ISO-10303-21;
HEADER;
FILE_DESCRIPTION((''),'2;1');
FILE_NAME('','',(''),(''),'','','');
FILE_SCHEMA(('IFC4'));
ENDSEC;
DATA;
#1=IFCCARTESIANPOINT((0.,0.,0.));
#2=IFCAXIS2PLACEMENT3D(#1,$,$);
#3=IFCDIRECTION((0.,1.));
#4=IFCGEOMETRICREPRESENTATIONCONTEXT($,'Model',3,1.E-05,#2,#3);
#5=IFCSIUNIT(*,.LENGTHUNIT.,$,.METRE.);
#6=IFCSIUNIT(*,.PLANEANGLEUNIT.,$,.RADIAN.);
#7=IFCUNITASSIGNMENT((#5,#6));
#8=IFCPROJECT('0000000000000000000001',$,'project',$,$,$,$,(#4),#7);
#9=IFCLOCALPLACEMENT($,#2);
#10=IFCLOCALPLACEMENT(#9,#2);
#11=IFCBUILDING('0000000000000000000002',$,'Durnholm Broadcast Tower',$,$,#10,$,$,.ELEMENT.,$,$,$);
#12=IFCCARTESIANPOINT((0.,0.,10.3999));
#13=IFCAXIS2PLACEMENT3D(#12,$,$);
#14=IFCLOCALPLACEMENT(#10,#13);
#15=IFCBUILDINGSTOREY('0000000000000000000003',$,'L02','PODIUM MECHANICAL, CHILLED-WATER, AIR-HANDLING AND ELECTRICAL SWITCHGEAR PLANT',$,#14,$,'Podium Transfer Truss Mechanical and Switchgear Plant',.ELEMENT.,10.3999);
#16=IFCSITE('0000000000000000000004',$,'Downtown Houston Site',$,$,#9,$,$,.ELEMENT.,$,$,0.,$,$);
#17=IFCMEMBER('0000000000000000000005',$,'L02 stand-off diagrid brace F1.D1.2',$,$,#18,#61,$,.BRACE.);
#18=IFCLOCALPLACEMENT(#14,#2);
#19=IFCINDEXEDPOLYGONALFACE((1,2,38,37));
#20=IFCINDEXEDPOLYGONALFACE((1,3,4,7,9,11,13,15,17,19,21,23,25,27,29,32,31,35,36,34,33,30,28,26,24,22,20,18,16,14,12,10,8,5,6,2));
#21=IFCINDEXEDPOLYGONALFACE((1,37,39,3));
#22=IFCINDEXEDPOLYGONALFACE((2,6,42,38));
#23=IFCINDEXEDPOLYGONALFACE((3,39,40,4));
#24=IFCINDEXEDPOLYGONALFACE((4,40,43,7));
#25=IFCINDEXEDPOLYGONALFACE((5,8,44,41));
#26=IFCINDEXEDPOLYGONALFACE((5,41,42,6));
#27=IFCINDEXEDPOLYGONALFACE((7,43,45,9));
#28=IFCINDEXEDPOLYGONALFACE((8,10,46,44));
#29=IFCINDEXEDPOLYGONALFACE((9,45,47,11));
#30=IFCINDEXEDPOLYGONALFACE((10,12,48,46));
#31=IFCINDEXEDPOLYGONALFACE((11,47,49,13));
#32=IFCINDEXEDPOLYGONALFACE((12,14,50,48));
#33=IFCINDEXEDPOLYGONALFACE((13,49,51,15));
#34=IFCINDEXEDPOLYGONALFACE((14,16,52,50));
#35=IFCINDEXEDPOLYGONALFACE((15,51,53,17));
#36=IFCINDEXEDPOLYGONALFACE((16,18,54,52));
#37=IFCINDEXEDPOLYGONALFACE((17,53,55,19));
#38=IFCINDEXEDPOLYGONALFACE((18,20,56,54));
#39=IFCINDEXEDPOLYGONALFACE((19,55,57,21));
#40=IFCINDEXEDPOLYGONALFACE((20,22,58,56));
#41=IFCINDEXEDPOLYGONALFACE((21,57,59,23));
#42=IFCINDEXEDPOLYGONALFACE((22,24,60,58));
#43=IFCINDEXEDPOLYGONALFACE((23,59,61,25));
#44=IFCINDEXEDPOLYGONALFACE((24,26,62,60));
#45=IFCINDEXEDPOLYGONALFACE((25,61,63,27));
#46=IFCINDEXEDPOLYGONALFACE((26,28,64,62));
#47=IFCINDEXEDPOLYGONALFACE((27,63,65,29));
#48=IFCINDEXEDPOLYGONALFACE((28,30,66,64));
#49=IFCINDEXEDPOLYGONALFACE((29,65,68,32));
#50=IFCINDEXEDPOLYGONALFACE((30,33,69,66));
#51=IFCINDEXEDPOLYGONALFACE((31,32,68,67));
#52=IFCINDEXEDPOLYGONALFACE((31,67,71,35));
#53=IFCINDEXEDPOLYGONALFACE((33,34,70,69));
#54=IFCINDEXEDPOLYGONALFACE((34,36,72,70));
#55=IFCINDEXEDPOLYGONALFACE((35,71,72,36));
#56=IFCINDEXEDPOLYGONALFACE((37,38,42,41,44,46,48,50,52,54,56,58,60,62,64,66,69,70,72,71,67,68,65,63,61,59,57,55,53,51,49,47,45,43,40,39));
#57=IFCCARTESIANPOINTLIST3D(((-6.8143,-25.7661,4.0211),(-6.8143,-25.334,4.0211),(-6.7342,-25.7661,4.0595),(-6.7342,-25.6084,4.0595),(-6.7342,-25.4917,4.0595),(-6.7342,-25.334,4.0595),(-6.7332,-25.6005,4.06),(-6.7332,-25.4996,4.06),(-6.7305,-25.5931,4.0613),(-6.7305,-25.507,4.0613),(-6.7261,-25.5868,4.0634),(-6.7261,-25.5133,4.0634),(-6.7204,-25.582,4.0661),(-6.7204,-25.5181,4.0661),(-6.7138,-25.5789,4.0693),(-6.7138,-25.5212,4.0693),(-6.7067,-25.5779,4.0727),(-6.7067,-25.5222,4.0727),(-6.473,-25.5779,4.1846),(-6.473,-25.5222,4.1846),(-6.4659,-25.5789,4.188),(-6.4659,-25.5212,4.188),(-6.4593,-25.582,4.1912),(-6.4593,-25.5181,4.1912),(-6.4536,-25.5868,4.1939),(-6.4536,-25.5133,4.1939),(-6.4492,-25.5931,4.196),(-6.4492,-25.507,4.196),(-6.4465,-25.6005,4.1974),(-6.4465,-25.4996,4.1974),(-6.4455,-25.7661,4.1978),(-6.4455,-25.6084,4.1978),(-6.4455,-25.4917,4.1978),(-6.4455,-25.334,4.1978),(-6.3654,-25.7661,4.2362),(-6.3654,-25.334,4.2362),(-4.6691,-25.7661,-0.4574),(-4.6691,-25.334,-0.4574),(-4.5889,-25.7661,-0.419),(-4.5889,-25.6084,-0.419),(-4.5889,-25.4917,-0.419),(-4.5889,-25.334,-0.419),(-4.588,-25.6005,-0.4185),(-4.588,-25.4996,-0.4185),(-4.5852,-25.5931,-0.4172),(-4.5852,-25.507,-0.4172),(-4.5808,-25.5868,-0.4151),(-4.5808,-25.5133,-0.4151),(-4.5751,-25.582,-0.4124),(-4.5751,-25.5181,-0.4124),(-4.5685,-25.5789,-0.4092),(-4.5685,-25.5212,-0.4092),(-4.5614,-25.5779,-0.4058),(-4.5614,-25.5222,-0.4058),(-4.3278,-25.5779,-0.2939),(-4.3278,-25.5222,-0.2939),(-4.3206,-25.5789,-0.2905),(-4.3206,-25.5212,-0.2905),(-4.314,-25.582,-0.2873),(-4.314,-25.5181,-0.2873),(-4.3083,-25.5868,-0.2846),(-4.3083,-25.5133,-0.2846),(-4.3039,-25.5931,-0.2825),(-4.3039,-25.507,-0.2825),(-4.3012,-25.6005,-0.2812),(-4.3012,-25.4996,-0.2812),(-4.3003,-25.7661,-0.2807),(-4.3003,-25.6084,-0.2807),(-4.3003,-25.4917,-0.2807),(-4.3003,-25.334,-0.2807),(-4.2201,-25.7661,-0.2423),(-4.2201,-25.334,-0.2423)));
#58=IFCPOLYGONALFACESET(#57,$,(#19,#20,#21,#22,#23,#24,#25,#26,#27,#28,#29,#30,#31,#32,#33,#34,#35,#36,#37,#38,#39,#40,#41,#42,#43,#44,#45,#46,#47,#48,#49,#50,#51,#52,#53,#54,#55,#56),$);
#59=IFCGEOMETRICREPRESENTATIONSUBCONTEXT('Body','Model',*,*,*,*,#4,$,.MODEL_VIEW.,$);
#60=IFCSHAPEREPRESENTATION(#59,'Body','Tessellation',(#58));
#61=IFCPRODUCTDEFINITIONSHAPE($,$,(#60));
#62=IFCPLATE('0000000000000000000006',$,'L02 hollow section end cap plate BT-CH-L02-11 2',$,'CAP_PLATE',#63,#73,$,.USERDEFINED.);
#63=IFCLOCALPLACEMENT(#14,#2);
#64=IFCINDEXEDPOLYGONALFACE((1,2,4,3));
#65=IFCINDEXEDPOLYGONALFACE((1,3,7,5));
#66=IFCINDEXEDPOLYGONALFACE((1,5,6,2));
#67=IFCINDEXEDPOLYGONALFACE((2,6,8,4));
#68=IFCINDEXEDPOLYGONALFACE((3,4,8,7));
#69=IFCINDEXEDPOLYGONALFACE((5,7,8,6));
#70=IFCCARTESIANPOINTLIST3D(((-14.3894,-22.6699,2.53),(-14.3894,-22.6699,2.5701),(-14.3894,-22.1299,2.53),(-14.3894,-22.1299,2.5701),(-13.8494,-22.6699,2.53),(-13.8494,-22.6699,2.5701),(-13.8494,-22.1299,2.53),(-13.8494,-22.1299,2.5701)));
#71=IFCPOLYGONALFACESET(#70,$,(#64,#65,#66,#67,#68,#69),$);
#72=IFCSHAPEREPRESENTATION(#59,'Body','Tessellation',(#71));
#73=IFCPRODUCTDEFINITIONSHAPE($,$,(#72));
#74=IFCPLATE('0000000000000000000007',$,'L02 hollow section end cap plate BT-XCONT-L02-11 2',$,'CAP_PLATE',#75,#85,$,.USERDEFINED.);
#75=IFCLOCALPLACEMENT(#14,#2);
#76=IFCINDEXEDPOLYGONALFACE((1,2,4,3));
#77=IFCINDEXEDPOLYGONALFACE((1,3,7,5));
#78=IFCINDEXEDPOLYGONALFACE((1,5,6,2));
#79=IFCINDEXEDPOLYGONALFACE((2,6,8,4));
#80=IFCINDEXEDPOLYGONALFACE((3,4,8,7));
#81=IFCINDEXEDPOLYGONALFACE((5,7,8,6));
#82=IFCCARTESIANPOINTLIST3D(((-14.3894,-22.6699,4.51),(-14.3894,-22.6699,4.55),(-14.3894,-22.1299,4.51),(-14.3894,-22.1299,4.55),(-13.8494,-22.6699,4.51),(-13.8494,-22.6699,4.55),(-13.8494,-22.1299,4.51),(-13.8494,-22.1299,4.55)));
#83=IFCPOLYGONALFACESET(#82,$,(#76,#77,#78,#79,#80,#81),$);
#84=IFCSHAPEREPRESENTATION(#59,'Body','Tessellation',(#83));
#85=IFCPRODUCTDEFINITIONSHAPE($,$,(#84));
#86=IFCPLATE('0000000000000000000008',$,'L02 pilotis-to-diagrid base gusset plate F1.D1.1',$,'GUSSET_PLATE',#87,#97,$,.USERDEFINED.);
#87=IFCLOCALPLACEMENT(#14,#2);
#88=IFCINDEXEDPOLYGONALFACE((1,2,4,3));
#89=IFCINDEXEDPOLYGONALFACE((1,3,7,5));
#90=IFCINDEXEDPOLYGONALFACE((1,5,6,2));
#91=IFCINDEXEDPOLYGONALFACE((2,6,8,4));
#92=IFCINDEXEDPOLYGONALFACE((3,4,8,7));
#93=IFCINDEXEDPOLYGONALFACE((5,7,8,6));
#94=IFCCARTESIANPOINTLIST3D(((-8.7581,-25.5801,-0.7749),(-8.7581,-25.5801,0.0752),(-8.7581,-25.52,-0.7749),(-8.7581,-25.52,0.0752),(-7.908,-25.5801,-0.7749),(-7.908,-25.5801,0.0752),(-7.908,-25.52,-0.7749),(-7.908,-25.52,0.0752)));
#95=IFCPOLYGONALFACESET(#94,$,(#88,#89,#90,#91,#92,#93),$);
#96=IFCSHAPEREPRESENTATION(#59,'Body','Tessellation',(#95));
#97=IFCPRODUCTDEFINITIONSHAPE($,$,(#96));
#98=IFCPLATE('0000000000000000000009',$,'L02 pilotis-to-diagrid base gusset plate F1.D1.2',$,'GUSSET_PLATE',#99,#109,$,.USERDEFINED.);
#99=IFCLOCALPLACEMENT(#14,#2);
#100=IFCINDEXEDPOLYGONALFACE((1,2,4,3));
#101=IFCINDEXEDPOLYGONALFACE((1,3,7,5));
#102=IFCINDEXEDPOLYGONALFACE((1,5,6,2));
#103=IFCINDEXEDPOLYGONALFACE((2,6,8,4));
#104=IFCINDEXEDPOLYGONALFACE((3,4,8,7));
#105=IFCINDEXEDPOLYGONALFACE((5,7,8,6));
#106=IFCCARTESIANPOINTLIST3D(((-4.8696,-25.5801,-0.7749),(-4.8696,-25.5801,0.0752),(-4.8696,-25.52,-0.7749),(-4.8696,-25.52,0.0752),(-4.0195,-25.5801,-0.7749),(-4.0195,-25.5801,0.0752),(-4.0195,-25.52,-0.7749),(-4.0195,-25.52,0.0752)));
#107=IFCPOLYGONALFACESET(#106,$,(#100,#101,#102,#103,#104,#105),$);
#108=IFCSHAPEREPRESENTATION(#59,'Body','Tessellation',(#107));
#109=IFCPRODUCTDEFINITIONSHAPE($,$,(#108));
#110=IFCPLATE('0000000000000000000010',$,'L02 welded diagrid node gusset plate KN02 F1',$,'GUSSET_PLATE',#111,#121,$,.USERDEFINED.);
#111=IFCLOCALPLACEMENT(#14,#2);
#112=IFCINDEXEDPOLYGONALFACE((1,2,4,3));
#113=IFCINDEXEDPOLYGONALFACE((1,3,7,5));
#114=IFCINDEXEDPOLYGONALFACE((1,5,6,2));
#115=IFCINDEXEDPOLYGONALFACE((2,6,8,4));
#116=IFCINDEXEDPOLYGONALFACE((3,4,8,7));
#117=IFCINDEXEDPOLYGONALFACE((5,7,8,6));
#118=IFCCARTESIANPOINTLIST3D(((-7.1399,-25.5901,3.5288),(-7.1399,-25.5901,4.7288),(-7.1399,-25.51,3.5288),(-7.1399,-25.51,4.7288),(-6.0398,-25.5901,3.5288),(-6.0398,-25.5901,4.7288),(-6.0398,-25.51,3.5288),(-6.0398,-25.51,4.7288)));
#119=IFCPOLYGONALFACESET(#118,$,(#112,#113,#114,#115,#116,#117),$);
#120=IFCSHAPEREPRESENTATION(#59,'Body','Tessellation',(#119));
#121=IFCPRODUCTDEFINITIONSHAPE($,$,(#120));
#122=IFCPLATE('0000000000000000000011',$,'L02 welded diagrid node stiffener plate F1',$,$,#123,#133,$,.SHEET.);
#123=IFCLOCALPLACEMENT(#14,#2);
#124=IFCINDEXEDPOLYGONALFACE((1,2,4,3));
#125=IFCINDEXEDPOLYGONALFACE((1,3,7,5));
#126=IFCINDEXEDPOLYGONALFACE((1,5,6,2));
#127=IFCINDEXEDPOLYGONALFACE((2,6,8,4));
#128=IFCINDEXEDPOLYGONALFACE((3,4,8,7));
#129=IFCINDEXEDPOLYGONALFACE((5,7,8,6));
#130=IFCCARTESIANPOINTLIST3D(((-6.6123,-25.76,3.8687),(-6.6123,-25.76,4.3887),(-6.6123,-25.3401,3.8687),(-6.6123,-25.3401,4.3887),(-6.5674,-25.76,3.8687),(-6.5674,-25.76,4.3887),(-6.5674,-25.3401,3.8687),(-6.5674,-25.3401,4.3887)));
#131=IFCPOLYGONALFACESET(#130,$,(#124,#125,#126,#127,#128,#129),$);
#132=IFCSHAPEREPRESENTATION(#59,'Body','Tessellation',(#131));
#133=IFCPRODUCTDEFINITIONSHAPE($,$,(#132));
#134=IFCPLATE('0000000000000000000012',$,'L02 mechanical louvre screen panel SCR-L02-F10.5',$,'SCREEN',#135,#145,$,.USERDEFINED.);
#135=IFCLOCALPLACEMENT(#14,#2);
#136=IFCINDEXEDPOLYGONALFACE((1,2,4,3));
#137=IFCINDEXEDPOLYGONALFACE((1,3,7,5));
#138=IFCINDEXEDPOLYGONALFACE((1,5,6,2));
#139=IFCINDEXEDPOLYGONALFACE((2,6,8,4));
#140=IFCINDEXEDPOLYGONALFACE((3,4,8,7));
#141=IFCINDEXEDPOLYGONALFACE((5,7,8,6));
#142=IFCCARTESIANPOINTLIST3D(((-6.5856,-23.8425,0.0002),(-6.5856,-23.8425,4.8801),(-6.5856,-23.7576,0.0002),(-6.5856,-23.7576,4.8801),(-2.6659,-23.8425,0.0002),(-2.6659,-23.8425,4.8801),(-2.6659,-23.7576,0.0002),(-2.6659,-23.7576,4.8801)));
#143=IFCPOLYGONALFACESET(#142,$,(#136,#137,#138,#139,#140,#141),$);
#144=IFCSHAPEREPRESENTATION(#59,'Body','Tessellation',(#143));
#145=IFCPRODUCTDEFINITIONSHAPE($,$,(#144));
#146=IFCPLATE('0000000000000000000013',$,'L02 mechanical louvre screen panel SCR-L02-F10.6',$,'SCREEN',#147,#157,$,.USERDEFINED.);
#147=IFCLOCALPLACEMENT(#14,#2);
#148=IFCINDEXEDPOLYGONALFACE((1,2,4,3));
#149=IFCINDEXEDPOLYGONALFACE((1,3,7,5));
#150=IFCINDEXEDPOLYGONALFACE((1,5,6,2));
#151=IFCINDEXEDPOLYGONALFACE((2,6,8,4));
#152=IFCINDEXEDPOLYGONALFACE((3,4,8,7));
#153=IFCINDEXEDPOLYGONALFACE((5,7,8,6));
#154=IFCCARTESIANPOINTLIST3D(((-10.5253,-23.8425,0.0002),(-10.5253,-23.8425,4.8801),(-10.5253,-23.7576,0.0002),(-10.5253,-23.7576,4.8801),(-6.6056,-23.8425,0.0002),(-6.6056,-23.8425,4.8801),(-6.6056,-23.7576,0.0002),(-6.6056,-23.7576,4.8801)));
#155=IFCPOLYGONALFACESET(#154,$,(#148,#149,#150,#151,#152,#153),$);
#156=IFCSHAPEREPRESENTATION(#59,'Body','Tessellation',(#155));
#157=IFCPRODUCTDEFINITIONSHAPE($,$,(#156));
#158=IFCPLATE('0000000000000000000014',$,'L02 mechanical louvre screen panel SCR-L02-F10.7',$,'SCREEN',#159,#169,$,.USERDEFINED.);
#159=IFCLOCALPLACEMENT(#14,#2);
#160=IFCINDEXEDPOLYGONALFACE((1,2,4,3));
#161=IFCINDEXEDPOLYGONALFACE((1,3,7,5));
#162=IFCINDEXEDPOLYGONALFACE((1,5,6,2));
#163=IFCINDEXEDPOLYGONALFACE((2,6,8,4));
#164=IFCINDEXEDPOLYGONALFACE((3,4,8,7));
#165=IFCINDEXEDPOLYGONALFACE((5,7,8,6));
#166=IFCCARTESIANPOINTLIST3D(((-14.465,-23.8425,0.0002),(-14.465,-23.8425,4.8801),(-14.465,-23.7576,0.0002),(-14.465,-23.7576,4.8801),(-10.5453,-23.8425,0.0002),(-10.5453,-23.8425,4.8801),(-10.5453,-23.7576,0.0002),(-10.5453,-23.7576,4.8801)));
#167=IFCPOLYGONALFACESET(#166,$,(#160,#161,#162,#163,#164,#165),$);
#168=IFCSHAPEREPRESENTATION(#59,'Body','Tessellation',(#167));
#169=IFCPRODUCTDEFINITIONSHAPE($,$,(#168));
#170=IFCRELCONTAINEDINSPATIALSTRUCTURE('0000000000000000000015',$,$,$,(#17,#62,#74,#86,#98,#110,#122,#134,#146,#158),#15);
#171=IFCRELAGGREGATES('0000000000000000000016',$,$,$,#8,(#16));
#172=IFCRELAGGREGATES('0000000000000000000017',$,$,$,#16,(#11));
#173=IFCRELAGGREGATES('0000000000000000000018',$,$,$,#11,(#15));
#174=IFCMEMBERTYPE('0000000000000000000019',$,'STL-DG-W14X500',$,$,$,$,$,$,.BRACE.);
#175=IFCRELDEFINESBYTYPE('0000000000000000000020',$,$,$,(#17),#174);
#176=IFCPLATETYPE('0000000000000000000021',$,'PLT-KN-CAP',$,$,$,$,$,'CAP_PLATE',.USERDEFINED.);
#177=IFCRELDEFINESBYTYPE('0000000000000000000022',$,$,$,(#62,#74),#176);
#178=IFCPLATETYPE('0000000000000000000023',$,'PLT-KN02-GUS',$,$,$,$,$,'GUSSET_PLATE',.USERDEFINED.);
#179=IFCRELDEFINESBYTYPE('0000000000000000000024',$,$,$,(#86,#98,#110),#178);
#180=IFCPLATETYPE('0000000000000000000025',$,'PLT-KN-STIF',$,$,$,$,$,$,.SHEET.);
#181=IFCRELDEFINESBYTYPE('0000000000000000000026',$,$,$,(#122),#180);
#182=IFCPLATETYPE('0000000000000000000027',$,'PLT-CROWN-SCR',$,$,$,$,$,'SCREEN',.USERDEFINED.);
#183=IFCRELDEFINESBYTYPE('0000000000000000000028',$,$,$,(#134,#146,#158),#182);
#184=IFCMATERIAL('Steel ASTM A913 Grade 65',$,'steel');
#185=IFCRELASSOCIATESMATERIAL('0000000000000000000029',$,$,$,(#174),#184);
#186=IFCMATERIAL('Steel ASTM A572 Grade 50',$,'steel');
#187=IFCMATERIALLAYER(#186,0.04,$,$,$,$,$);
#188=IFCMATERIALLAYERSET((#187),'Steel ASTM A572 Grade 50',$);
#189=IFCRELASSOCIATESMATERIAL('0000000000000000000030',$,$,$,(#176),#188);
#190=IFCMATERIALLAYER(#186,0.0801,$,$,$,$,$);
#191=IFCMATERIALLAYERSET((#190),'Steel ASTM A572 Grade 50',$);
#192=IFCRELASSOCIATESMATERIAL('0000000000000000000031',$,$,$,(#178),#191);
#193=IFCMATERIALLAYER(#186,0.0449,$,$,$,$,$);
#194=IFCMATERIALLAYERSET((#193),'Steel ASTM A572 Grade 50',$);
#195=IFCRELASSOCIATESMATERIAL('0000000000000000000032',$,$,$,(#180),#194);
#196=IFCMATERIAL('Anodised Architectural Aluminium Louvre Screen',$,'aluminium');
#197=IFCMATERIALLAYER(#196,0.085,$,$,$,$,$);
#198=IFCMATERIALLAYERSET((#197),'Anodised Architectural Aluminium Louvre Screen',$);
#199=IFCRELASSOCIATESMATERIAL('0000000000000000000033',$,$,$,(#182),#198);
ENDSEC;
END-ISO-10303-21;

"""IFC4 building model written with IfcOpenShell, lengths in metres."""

from ifc_helpers import new_model, si_unit, direction, frame, origin, origin_2d, place, context, subcontext, project, spatial, rectangle, i_section, extrude, source, transform, mapped, material, layer, layer_set, material_profile, profile_set, type_object, type_shapes, element, save


model = new_model("IFC4")

# Units and contexts
model_context = context("Model", 3, precision=1e-05, world=origin(), true_north=direction((0.0, 1.0)))
body_context = subcontext(model_context, "Body", "Model", "MODEL_VIEW")
ifc_project = project(units=[si_unit("LENGTHUNIT", "METRE"), si_unit("PLANEANGLEUNIT", "RADIAN")], contexts=[model_context])

# Site, building, storey
site_placement = place(None, origin())
site = spatial("IfcSite", under=ifc_project, at=site_placement, Name="Downtown Houston Site", CompositionType="ELEMENT", RefElevation=0.0)
building_placement = place(site_placement, origin())
building = spatial("IfcBuilding", under=site, at=building_placement, Name="Durnholm Broadcast Tower", CompositionType="ELEMENT")
storey_placement = place(building_placement, frame((0.0, 0.0, 10.3999)))
storey = spatial("IfcBuildingStorey", under=building, at=storey_placement, Name="L02", Description="PODIUM MECHANICAL, CHILLED-WATER, AIR-HANDLING AND ELECTRICAL SWITCHGEAR PLANT", LongName="Podium Transfer Truss Mechanical and Switchgear Plant", CompositionType="ELEMENT", Elevation=10.3999)

# Shared definitions
ifc_material_1 = material(Name="Steel ASTM A913 Grade 65", Category="steel")

# Member
ifc_material_profile_1 = material_profile(ifc_material_1, i_section(OverallWidth=0.4321, OverallDepth=0.4978, WebThickness=0.0557, FlangeThickness=0.0889, FilletRadius=0.0305, at=origin_2d()), Name="W14X500")
ifc_profile_set_1 = profile_set([ifc_material_profile_1], Name="Steel ASTM A913 Grade 65")
member_type_1 = type_object("IfcMemberType", Name="STL-DG-W14X500", PredefinedType="BRACE", material=ifc_profile_set_1)
shared_shape_1 = source(origin(), body_context, "Body", "SweptSolid", [
    extrude(i_section(OverallWidth=0.4321, OverallDepth=0.4978, WebThickness=0.0557, FlangeThickness=0.0889, FilletRadius=0.0305, at=origin_2d()), origin(), (0.0, 0.0, 1.0), 4.9658),
])
member_1_placement = place(storey_placement, frame((-4.4446, -25.55, -0.3499), z_axis=(-0.432007, 0.0, 0.90187), x_axis=(0.0, -1.0, 0.0)))
element("IfcMember", 1, at=member_1_placement, inside=storey, type_object=member_type_1, Name="L02 stand-off diagrid brace F1.D1.2", PredefinedType="BRACE", context=body_context, shape_type="MappedRepresentation", body=[
    mapped(shared_shape_1, transform((0.0, 0.0, 0.0), x_axis=(1.0, 0.0, 0.0), y_axis=(0.0, 1.0, 0.0), z_axis=(0.0, 0.0, 1.0), scale=1.0)),
])

# Plates
ifc_material_2 = material(Name="Steel ASTM A572 Grade 50", Category="steel")
ifc_layer_1 = layer(ifc_material_2, 0.04)
ifc_layer_set_1 = layer_set([ifc_layer_1], Name="Steel ASTM A572 Grade 50")
plate_type_1 = type_object("IfcPlateType", Name="PLT-KN-CAP", ElementType="CAP_PLATE", PredefinedType="USERDEFINED", material=ifc_layer_set_1)
shared_shape_2 = source(origin(), body_context, "Body", "SweptSolid", [
    extrude(rectangle(XDim=0.54, YDim=0.54, at=origin_2d()), origin(), (0.0, 0.0, 1.0), 0.04),
])
type_shapes(plate_type_1, [shared_shape_2])
for number, where, z_axis, x_axis, name in (
    (2, (-14.1194, -22.3999, 2.53), (0.0, 0.0, 1.0), (-1.0, 0.0, 0.0), "L02 hollow section end cap plate BT-CH-L02-11 2"),
    (3, (-14.1194, -22.3999, 4.51), (0.0, 0.0, 1.0), (-1.0, 0.0, 0.0), "L02 hollow section end cap plate BT-XCONT-L02-11 2"),
):
    element("IfcPlate", number, at=place(storey_placement, frame(where, z_axis=z_axis, x_axis=x_axis)), inside=storey, type_object=plate_type_1, Name=name, ObjectType="CAP_PLATE", PredefinedType="USERDEFINED", context=body_context, shape_type="MappedRepresentation", body=[
        mapped(shared_shape_2, transform((0.0, 0.0, 0.0), x_axis=(1.0, 0.0, 0.0), y_axis=(0.0, 1.0, 0.0), z_axis=(0.0, 0.0, 1.0), scale=1.0)),
    ])
ifc_layer_2 = layer(ifc_material_2, 0.0801)
ifc_layer_set_2 = layer_set([ifc_layer_2], Name="Steel ASTM A572 Grade 50")
plate_type_2 = type_object("IfcPlateType", Name="PLT-KN02-GUS", ElementType="GUSSET_PLATE", PredefinedType="USERDEFINED", material=ifc_layer_set_2)
shared_shape_3 = source(origin(), body_context, "Body", "SweptSolid", [
    extrude(rectangle(XDim=0.8501, YDim=0.0601, at=origin_2d()), origin(), (0.0, 0.0, 1.0), 0.8501),
])
for number, where, z_axis, x_axis, name in (
    (4, (-8.333, -25.55, -0.7749), (0.0, 0.0, 1.0), (1.0, 0.0, 0.0), "L02 pilotis-to-diagrid base gusset plate F1.D1.1"),
    (5, (-4.4446, -25.55, -0.7749), (0.0, 0.0, 1.0), (1.0, 0.0, 0.0), "L02 pilotis-to-diagrid base gusset plate F1.D1.2"),
):
    element("IfcPlate", number, at=place(storey_placement, frame(where, z_axis=z_axis, x_axis=x_axis)), inside=storey, type_object=plate_type_2, Name=name, ObjectType="GUSSET_PLATE", PredefinedType="USERDEFINED", context=body_context, shape_type="MappedRepresentation", body=[
        mapped(shared_shape_3, transform((0.0, 0.0, 0.0), x_axis=(1.0, 0.0, 0.0), y_axis=(0.0, 1.0, 0.0), z_axis=(0.0, 0.0, 1.0), scale=1.0)),
    ])
shared_shape_4 = source(origin(), body_context, "Body", "SweptSolid", [
    extrude(rectangle(XDim=1.1001, YDim=0.0801, at=origin_2d()), origin(), (0.0, 0.0, 1.0), 1.2),
])
type_shapes(plate_type_2, [shared_shape_3, shared_shape_4])
plate_1_placement = place(storey_placement, frame((-6.5898, -25.55, 3.5288), z_axis=(0.0, 0.0, 1.0), x_axis=(1.0, 0.0, 0.0)))
element("IfcPlate", 6, at=plate_1_placement, inside=storey, type_object=plate_type_2, Name="L02 welded diagrid node gusset plate KN02 F1", ObjectType="GUSSET_PLATE", PredefinedType="USERDEFINED", context=body_context, shape_type="MappedRepresentation", body=[
    mapped(shared_shape_4, transform((0.0, 0.0, 0.0), x_axis=(1.0, 0.0, 0.0), y_axis=(0.0, 1.0, 0.0), z_axis=(0.0, 0.0, 1.0), scale=1.0)),
])
ifc_layer_3 = layer(ifc_material_2, 0.0449)
ifc_layer_set_3 = layer_set([ifc_layer_3], Name="Steel ASTM A572 Grade 50")
plate_type_3 = type_object("IfcPlateType", Name="PLT-KN-STIF", PredefinedType="SHEET", material=ifc_layer_set_3)
shared_shape_5 = source(origin(), body_context, "Body", "SweptSolid", [
    extrude(rectangle(XDim=0.0449, YDim=0.4199, at=origin_2d()), origin(), (0.0, 0.0, 1.0), 0.52),
])
type_shapes(plate_type_3, [shared_shape_5])
plate_2_placement = place(storey_placement, frame((-6.5898, -25.55, 3.8687), z_axis=(0.0, 0.0, 1.0), x_axis=(1.0, 0.0, 0.0)))
element("IfcPlate", 7, at=plate_2_placement, inside=storey, type_object=plate_type_3, Name="L02 welded diagrid node stiffener plate F1", PredefinedType="SHEET", context=body_context, shape_type="MappedRepresentation", body=[
    mapped(shared_shape_5, transform((0.0, 0.0, 0.0), x_axis=(1.0, 0.0, 0.0), y_axis=(0.0, 1.0, 0.0), z_axis=(0.0, 0.0, 1.0), scale=1.0)),
])
ifc_material_3 = material(Name="Anodised Architectural Aluminium Louvre Screen", Category="aluminium")
ifc_layer_4 = layer(ifc_material_3, 0.085)
ifc_layer_set_4 = layer_set([ifc_layer_4], Name="Anodised Architectural Aluminium Louvre Screen")
plate_type_4 = type_object("IfcPlateType", Name="PLT-CROWN-SCR", ElementType="SCREEN", PredefinedType="USERDEFINED", material=ifc_layer_set_4)
shared_shape_6 = source(origin(), body_context, "Body", "SweptSolid", [
    extrude(rectangle(XDim=3.9197, YDim=0.085, at=origin_2d()), origin(), (0.0, 0.0, 1.0), 4.8799),
])
type_shapes(plate_type_4, [shared_shape_6])
for number, where, z_axis, x_axis, name in (
    (8, (-4.6257, -23.8, 0.0002), (0.0, 0.0, 1.0), (-1.0, 0.0, 0.0), "L02 mechanical louvre screen panel SCR-L02-F10.5"),
    (9, (-8.5654, -23.8, 0.0002), (0.0, 0.0, 1.0), (-1.0, 0.0, 0.0), "L02 mechanical louvre screen panel SCR-L02-F10.6"),
    (10, (-12.5051, -23.8, 0.0002), (0.0, 0.0, 1.0), (-1.0, 0.0, 0.0), "L02 mechanical louvre screen panel SCR-L02-F10.7"),
):
    element("IfcPlate", number, at=place(storey_placement, frame(where, z_axis=z_axis, x_axis=x_axis)), inside=storey, type_object=plate_type_4, Name=name, ObjectType="SCREEN", PredefinedType="USERDEFINED", context=body_context, shape_type="MappedRepresentation", body=[
        mapped(shared_shape_6, transform((0.0, 0.0, 0.0), x_axis=(1.0, 0.0, 0.0), y_axis=(0.0, 1.0, 0.0), z_axis=(0.0, 0.0, 1.0), scale=1.0)),
    ])

save(model, "model.ifc")
